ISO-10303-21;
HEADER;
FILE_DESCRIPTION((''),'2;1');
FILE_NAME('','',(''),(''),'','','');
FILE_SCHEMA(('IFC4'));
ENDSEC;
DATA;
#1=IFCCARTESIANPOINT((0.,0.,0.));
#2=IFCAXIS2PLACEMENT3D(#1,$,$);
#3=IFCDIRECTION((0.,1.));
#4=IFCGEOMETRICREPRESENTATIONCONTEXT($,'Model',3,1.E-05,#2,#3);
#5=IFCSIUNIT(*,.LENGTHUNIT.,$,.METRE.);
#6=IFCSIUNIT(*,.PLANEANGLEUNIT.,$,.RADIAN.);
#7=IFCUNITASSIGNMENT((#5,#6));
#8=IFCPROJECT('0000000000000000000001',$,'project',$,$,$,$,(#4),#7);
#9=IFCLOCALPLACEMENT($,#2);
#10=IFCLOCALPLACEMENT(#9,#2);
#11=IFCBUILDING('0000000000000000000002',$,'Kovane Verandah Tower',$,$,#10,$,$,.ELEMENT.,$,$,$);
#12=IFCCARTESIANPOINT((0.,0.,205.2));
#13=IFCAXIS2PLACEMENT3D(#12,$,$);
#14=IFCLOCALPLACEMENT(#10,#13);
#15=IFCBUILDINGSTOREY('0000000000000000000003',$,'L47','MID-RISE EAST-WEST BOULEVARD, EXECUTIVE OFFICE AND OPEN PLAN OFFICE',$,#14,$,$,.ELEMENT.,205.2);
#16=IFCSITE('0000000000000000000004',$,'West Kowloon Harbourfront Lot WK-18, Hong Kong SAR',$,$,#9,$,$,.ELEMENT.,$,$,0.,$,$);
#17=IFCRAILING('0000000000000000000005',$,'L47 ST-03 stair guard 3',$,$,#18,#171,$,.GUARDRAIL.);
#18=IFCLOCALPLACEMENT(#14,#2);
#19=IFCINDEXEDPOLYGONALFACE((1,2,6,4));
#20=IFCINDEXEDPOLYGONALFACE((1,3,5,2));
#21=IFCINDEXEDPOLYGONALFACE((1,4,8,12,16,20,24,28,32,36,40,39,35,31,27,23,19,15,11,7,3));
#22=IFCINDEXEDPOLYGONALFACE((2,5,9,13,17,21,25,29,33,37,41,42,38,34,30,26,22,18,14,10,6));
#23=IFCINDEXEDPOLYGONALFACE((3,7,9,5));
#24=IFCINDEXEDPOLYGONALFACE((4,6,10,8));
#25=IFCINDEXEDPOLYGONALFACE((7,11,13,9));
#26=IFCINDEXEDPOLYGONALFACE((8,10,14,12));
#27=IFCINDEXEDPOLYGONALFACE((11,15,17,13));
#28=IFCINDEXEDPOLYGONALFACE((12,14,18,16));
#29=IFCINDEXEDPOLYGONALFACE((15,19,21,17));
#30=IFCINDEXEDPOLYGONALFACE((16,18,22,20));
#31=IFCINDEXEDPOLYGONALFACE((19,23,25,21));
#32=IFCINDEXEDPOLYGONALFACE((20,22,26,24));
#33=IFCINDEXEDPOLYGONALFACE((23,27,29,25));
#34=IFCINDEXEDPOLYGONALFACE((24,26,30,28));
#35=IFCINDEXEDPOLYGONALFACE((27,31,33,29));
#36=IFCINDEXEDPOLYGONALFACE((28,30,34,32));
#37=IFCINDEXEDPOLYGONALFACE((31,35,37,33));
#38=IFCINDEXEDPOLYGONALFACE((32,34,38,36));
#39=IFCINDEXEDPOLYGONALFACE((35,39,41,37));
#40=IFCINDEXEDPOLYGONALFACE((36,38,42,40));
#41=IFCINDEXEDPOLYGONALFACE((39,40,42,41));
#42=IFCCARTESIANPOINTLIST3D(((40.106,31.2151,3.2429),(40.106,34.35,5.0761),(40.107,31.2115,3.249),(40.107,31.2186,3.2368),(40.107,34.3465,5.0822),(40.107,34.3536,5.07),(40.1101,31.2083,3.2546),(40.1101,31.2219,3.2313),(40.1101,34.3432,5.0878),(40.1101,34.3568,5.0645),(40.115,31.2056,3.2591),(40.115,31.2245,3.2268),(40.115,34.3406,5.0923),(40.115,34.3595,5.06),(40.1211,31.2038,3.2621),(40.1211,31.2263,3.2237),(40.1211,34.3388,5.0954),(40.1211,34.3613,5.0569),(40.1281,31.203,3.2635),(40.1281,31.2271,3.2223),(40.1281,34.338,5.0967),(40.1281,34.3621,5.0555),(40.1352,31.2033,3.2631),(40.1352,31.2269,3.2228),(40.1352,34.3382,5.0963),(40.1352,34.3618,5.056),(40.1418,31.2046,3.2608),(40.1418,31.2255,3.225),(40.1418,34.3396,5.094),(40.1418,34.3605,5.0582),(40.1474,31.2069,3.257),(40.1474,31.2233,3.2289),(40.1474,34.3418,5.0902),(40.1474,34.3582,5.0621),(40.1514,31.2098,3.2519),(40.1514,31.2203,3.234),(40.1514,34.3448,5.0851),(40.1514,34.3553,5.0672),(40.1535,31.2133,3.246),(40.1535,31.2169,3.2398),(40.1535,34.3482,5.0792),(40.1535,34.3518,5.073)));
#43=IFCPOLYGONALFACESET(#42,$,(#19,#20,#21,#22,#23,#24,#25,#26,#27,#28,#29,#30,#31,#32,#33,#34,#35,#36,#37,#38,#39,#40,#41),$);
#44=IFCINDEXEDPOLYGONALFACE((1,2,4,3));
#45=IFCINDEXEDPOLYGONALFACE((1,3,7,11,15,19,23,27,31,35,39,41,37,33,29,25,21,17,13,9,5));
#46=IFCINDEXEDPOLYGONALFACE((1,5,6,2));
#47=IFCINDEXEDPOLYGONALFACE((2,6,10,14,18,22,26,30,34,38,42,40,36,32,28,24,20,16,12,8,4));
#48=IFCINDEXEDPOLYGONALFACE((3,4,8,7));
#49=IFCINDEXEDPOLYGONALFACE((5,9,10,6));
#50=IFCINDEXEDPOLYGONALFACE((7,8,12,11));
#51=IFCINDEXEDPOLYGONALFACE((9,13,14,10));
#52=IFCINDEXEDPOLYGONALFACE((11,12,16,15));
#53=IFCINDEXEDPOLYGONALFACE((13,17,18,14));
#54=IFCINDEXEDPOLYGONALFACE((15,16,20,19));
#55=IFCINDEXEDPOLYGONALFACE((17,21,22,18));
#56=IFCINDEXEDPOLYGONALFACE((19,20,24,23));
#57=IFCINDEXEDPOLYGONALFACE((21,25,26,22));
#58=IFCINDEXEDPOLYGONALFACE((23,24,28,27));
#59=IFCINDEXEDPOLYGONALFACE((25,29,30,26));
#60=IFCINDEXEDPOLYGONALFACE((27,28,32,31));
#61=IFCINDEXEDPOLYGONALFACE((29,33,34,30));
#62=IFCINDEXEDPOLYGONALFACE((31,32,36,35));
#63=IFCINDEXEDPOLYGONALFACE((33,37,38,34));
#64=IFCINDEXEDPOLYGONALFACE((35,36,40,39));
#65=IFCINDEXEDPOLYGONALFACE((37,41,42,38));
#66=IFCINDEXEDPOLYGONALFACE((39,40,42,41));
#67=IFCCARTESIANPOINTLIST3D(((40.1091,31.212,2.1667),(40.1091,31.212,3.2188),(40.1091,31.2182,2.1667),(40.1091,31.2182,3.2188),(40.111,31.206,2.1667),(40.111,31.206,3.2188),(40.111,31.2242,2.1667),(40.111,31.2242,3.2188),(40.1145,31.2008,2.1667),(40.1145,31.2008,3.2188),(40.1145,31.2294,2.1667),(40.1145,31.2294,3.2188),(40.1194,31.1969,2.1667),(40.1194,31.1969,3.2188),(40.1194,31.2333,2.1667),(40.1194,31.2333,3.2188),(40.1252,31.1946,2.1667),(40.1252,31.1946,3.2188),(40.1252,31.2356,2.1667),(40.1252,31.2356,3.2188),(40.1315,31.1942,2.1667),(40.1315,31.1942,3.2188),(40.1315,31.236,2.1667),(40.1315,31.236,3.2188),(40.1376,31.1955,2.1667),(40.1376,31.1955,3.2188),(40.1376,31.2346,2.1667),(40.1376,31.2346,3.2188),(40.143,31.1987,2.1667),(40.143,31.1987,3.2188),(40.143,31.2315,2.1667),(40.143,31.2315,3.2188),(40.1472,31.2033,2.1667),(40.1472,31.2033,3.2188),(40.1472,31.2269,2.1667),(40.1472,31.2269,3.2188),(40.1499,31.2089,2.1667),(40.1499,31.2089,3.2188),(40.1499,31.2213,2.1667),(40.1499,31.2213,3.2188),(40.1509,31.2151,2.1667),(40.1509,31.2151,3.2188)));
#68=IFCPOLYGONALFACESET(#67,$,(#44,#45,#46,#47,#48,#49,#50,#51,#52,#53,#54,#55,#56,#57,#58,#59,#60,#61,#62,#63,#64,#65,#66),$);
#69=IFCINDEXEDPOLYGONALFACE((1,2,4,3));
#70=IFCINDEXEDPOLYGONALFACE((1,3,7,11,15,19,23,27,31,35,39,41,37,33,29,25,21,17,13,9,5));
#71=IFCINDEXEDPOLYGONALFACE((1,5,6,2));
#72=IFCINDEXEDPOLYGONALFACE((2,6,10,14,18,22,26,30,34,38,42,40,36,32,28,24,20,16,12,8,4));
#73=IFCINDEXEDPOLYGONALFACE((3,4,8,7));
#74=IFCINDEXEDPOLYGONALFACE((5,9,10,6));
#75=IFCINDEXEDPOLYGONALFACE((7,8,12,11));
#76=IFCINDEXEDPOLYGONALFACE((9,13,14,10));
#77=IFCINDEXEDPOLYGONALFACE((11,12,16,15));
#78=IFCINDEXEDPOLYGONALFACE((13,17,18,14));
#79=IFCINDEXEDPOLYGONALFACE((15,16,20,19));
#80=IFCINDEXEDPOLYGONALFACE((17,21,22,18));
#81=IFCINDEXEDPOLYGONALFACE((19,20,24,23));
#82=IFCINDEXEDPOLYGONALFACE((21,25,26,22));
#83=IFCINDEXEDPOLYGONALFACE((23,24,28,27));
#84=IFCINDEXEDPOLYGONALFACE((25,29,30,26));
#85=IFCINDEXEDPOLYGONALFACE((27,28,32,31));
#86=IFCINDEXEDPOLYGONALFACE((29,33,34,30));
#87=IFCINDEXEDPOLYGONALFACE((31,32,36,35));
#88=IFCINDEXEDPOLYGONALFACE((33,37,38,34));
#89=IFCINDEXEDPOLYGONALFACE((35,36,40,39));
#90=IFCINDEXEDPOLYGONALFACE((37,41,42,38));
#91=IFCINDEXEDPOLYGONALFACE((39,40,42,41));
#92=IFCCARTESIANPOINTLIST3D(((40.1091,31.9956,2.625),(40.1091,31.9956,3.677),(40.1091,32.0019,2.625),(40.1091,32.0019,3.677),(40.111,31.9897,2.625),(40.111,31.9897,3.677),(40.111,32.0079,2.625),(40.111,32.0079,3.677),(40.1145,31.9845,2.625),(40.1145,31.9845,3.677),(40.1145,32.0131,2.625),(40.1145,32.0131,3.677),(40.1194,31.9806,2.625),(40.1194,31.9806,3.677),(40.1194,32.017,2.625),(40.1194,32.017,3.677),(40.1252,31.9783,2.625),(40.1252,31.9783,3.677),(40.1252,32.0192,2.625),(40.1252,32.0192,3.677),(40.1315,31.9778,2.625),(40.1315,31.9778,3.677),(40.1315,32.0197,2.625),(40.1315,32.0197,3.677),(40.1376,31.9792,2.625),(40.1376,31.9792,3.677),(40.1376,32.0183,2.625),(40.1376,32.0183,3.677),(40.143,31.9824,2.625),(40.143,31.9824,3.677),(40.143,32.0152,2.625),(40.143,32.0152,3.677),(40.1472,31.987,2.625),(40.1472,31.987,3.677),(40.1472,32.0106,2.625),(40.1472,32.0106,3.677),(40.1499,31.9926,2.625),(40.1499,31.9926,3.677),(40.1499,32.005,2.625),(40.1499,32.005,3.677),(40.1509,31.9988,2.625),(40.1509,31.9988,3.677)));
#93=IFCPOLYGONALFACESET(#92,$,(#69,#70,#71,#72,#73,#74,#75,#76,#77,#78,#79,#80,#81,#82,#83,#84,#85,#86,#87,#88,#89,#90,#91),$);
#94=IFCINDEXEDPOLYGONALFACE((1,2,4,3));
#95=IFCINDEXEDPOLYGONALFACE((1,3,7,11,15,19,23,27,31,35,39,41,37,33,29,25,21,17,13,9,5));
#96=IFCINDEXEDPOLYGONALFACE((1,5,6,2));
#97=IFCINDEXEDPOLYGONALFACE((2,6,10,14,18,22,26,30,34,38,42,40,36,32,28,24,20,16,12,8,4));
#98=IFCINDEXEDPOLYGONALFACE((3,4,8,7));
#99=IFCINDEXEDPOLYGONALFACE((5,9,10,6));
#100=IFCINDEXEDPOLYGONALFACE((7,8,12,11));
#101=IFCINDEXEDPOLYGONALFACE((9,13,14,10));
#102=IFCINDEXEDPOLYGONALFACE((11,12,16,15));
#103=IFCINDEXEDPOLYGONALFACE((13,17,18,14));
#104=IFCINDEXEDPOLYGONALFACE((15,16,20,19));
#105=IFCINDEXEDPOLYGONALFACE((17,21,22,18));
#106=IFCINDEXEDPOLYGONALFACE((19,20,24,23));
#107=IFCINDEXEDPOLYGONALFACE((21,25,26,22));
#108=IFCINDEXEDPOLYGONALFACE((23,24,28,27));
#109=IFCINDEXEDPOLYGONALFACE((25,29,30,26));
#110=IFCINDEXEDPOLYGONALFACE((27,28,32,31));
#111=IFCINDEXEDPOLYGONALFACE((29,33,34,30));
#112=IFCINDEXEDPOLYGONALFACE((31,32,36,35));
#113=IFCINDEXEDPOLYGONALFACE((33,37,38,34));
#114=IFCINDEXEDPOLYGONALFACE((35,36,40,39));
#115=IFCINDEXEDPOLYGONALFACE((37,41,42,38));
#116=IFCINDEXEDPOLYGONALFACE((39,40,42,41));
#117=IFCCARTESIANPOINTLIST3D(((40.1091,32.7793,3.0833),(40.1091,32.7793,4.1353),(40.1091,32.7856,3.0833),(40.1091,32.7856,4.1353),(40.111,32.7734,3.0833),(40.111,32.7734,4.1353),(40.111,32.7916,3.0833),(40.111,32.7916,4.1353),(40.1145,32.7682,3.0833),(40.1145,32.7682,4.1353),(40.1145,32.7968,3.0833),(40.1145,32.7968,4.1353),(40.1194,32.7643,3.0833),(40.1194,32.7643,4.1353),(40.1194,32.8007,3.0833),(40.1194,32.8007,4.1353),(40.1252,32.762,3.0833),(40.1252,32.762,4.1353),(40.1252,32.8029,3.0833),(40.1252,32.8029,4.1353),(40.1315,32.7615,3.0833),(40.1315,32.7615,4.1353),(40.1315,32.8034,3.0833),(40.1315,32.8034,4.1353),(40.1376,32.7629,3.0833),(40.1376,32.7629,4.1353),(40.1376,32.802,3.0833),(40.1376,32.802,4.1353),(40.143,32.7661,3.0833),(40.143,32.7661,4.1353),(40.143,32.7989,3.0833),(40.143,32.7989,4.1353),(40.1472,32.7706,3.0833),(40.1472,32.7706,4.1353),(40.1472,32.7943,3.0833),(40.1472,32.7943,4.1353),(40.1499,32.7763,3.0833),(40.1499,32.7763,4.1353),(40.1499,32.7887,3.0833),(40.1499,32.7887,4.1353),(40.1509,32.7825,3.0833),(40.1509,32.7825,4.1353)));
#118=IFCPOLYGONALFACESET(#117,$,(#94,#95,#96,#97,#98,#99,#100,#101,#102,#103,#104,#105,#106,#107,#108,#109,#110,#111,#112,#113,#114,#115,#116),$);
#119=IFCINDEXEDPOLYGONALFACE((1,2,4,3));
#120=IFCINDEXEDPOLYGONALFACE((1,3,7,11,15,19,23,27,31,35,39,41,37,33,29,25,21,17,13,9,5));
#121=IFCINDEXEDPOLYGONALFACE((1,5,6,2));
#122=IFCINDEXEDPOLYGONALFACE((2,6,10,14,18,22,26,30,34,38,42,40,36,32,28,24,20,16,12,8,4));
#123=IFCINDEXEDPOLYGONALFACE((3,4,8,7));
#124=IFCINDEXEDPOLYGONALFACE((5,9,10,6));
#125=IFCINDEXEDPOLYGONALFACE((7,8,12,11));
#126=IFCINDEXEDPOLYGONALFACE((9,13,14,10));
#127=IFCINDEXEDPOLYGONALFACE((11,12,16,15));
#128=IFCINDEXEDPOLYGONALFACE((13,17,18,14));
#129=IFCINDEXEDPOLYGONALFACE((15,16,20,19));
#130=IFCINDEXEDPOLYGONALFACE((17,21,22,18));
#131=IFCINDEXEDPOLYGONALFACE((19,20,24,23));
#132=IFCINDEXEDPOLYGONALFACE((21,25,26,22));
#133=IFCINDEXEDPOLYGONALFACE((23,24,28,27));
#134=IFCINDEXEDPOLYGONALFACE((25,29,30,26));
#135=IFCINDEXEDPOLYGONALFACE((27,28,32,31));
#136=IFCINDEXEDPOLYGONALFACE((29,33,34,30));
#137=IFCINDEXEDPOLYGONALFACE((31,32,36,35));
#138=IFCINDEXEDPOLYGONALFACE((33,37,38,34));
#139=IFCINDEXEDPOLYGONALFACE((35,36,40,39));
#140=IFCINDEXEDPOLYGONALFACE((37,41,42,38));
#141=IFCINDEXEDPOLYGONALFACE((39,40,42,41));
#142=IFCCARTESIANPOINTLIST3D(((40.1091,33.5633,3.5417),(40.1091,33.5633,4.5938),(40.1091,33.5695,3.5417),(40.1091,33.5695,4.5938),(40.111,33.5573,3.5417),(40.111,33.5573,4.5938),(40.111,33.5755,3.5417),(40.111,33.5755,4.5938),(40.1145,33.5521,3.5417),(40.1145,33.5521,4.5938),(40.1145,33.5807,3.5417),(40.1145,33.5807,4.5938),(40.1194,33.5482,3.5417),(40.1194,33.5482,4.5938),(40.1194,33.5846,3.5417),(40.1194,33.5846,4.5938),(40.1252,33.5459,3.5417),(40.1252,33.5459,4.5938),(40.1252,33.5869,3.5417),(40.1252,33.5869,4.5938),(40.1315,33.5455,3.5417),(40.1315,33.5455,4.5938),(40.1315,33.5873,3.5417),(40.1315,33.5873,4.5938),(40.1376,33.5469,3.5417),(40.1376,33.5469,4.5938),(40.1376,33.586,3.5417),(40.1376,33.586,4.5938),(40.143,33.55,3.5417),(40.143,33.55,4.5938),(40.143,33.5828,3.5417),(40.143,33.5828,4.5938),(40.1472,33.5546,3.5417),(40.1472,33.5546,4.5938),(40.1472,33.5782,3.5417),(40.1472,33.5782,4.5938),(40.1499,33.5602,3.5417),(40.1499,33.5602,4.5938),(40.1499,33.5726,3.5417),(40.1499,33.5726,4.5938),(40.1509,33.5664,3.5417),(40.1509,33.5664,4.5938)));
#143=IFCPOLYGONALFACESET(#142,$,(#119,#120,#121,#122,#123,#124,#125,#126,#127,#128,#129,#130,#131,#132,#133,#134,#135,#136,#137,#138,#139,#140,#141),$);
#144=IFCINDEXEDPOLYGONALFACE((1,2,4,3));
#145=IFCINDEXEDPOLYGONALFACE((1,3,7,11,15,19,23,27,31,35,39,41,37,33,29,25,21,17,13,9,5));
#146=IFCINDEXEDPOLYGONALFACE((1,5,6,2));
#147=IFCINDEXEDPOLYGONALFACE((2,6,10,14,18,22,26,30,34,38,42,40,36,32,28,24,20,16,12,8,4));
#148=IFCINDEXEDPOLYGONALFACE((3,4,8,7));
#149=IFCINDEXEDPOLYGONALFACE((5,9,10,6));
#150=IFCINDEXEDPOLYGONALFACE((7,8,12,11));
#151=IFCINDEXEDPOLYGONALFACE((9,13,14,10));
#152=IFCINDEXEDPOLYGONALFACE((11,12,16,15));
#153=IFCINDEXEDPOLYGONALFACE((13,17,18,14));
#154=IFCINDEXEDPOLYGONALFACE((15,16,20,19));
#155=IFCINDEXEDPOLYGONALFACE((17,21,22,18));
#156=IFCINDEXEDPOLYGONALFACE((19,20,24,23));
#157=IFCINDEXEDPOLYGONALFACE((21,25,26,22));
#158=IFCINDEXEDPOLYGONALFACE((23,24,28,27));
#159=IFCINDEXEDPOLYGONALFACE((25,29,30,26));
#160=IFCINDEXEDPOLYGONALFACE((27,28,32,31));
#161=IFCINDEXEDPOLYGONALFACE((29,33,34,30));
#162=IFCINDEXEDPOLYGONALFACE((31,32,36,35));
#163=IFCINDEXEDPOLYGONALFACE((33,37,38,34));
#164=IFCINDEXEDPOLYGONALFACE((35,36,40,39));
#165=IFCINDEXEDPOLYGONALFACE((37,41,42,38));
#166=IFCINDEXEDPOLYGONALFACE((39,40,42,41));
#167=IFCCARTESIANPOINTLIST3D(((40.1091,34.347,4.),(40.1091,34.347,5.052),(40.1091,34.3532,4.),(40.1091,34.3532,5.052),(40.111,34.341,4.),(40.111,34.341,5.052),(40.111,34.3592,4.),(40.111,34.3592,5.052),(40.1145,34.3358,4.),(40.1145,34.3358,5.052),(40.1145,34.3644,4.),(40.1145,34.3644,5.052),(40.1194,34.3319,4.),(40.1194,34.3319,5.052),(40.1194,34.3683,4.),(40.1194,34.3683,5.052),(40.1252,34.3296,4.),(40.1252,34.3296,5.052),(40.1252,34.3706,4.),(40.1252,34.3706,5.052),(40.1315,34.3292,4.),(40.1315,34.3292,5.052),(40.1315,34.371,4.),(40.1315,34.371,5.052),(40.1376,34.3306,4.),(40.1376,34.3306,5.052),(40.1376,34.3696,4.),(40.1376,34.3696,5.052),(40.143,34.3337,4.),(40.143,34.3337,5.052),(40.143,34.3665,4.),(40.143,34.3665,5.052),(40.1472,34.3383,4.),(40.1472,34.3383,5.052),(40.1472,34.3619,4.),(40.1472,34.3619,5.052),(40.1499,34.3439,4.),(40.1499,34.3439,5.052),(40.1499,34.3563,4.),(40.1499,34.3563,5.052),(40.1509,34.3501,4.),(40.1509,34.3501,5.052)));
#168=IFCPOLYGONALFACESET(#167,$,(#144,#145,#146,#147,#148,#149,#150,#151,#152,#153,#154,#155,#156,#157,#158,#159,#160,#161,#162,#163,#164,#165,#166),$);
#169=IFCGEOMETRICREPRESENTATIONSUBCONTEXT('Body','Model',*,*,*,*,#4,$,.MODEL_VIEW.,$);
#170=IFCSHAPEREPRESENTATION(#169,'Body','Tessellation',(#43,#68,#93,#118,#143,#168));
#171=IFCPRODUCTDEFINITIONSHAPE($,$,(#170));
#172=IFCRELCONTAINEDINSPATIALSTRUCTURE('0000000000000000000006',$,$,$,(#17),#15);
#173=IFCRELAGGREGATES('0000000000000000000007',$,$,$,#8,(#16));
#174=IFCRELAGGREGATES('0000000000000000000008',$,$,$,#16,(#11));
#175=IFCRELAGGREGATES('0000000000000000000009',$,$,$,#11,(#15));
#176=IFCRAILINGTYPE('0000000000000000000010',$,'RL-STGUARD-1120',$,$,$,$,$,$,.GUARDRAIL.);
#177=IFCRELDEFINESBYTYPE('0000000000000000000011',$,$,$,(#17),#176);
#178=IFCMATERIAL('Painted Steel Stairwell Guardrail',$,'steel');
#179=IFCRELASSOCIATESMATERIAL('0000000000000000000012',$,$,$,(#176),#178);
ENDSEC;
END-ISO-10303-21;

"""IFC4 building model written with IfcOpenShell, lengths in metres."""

from ifc_helpers import new_model, si_unit, direction, frame, origin, origin_2d, place, context, subcontext, project, spatial, circle, extrude, material, type_object, element, save


model = new_model("IFC4")

# Units and contexts
model_context = context("Model", 3, precision=1e-05, world=origin(), true_north=direction((0.0, 1.0)))
body_context = subcontext(model_context, "Body", "Model", "MODEL_VIEW")
ifc_project = project(units=[si_unit("LENGTHUNIT", "METRE"), si_unit("PLANEANGLEUNIT", "RADIAN")], contexts=[model_context])

# Site, building, storey
site_placement = place(None, origin())
site = spatial("IfcSite", under=ifc_project, at=site_placement, Name="West Kowloon Harbourfront Lot WK-18, Hong Kong SAR", CompositionType="ELEMENT", RefElevation=0.0)
building_placement = place(site_placement, origin())
building = spatial("IfcBuilding", under=site, at=building_placement, Name="Kovane Verandah Tower", CompositionType="ELEMENT")
storey_placement = place(building_placement, frame((0.0, 0.0, 205.2)))
storey = spatial("IfcBuildingStorey", under=building, at=storey_placement, Name="L47", Description="MID-RISE EAST-WEST BOULEVARD, EXECUTIVE OFFICE AND OPEN PLAN OFFICE", CompositionType="ELEMENT", Elevation=205.2)

# Railing
ifc_material_1 = material(Name="Painted Steel Stairwell Guardrail", Category="steel")
railing_type_1 = type_object("IfcRailingType", Name="RL-STGUARD-1120", PredefinedType="GUARDRAIL", material=ifc_material_1)
railing_1_placement = place(storey_placement, frame((40.1299, 31.2151, 2.1667)))
element("IfcRailing", 1, at=railing_1_placement, inside=storey, type_object=railing_type_1, Name="L47 ST-03 stair guard 3", PredefinedType="GUARDRAIL", context=body_context, shape_type="SweptSolid", body=[
    extrude(circle(Radius=0.0239, at=origin_2d()), frame((0.0, 0.0, 1.0762), z_axis=(0.0, 0.86324, 0.504794), x_axis=(-1.0, 0.0, 0.0)), (0.0, 0.0, 1.0), 3.6316),
    extrude(circle(Radius=0.021, at=origin_2d()), origin(), (0.0, 0.0, 1.0), 1.052),
    extrude(circle(Radius=0.021, at=origin_2d()), frame((0.0, 0.7837, 0.4583)), (0.0, 0.0, 1.0), 1.052),
    extrude(circle(Radius=0.021, at=origin_2d()), frame((0.0, 1.5674, 0.9165)), (0.0, 0.0, 1.0), 1.052),
    extrude(circle(Radius=0.021, at=origin_2d()), frame((0.0, 2.3513, 1.375)), (0.0, 0.0, 1.0), 1.052),
    extrude(circle(Radius=0.021, at=origin_2d()), frame((0.0, 3.135, 1.8333)), (0.0, 0.0, 1.0), 1.052),
])

save(model, "model.ifc")
